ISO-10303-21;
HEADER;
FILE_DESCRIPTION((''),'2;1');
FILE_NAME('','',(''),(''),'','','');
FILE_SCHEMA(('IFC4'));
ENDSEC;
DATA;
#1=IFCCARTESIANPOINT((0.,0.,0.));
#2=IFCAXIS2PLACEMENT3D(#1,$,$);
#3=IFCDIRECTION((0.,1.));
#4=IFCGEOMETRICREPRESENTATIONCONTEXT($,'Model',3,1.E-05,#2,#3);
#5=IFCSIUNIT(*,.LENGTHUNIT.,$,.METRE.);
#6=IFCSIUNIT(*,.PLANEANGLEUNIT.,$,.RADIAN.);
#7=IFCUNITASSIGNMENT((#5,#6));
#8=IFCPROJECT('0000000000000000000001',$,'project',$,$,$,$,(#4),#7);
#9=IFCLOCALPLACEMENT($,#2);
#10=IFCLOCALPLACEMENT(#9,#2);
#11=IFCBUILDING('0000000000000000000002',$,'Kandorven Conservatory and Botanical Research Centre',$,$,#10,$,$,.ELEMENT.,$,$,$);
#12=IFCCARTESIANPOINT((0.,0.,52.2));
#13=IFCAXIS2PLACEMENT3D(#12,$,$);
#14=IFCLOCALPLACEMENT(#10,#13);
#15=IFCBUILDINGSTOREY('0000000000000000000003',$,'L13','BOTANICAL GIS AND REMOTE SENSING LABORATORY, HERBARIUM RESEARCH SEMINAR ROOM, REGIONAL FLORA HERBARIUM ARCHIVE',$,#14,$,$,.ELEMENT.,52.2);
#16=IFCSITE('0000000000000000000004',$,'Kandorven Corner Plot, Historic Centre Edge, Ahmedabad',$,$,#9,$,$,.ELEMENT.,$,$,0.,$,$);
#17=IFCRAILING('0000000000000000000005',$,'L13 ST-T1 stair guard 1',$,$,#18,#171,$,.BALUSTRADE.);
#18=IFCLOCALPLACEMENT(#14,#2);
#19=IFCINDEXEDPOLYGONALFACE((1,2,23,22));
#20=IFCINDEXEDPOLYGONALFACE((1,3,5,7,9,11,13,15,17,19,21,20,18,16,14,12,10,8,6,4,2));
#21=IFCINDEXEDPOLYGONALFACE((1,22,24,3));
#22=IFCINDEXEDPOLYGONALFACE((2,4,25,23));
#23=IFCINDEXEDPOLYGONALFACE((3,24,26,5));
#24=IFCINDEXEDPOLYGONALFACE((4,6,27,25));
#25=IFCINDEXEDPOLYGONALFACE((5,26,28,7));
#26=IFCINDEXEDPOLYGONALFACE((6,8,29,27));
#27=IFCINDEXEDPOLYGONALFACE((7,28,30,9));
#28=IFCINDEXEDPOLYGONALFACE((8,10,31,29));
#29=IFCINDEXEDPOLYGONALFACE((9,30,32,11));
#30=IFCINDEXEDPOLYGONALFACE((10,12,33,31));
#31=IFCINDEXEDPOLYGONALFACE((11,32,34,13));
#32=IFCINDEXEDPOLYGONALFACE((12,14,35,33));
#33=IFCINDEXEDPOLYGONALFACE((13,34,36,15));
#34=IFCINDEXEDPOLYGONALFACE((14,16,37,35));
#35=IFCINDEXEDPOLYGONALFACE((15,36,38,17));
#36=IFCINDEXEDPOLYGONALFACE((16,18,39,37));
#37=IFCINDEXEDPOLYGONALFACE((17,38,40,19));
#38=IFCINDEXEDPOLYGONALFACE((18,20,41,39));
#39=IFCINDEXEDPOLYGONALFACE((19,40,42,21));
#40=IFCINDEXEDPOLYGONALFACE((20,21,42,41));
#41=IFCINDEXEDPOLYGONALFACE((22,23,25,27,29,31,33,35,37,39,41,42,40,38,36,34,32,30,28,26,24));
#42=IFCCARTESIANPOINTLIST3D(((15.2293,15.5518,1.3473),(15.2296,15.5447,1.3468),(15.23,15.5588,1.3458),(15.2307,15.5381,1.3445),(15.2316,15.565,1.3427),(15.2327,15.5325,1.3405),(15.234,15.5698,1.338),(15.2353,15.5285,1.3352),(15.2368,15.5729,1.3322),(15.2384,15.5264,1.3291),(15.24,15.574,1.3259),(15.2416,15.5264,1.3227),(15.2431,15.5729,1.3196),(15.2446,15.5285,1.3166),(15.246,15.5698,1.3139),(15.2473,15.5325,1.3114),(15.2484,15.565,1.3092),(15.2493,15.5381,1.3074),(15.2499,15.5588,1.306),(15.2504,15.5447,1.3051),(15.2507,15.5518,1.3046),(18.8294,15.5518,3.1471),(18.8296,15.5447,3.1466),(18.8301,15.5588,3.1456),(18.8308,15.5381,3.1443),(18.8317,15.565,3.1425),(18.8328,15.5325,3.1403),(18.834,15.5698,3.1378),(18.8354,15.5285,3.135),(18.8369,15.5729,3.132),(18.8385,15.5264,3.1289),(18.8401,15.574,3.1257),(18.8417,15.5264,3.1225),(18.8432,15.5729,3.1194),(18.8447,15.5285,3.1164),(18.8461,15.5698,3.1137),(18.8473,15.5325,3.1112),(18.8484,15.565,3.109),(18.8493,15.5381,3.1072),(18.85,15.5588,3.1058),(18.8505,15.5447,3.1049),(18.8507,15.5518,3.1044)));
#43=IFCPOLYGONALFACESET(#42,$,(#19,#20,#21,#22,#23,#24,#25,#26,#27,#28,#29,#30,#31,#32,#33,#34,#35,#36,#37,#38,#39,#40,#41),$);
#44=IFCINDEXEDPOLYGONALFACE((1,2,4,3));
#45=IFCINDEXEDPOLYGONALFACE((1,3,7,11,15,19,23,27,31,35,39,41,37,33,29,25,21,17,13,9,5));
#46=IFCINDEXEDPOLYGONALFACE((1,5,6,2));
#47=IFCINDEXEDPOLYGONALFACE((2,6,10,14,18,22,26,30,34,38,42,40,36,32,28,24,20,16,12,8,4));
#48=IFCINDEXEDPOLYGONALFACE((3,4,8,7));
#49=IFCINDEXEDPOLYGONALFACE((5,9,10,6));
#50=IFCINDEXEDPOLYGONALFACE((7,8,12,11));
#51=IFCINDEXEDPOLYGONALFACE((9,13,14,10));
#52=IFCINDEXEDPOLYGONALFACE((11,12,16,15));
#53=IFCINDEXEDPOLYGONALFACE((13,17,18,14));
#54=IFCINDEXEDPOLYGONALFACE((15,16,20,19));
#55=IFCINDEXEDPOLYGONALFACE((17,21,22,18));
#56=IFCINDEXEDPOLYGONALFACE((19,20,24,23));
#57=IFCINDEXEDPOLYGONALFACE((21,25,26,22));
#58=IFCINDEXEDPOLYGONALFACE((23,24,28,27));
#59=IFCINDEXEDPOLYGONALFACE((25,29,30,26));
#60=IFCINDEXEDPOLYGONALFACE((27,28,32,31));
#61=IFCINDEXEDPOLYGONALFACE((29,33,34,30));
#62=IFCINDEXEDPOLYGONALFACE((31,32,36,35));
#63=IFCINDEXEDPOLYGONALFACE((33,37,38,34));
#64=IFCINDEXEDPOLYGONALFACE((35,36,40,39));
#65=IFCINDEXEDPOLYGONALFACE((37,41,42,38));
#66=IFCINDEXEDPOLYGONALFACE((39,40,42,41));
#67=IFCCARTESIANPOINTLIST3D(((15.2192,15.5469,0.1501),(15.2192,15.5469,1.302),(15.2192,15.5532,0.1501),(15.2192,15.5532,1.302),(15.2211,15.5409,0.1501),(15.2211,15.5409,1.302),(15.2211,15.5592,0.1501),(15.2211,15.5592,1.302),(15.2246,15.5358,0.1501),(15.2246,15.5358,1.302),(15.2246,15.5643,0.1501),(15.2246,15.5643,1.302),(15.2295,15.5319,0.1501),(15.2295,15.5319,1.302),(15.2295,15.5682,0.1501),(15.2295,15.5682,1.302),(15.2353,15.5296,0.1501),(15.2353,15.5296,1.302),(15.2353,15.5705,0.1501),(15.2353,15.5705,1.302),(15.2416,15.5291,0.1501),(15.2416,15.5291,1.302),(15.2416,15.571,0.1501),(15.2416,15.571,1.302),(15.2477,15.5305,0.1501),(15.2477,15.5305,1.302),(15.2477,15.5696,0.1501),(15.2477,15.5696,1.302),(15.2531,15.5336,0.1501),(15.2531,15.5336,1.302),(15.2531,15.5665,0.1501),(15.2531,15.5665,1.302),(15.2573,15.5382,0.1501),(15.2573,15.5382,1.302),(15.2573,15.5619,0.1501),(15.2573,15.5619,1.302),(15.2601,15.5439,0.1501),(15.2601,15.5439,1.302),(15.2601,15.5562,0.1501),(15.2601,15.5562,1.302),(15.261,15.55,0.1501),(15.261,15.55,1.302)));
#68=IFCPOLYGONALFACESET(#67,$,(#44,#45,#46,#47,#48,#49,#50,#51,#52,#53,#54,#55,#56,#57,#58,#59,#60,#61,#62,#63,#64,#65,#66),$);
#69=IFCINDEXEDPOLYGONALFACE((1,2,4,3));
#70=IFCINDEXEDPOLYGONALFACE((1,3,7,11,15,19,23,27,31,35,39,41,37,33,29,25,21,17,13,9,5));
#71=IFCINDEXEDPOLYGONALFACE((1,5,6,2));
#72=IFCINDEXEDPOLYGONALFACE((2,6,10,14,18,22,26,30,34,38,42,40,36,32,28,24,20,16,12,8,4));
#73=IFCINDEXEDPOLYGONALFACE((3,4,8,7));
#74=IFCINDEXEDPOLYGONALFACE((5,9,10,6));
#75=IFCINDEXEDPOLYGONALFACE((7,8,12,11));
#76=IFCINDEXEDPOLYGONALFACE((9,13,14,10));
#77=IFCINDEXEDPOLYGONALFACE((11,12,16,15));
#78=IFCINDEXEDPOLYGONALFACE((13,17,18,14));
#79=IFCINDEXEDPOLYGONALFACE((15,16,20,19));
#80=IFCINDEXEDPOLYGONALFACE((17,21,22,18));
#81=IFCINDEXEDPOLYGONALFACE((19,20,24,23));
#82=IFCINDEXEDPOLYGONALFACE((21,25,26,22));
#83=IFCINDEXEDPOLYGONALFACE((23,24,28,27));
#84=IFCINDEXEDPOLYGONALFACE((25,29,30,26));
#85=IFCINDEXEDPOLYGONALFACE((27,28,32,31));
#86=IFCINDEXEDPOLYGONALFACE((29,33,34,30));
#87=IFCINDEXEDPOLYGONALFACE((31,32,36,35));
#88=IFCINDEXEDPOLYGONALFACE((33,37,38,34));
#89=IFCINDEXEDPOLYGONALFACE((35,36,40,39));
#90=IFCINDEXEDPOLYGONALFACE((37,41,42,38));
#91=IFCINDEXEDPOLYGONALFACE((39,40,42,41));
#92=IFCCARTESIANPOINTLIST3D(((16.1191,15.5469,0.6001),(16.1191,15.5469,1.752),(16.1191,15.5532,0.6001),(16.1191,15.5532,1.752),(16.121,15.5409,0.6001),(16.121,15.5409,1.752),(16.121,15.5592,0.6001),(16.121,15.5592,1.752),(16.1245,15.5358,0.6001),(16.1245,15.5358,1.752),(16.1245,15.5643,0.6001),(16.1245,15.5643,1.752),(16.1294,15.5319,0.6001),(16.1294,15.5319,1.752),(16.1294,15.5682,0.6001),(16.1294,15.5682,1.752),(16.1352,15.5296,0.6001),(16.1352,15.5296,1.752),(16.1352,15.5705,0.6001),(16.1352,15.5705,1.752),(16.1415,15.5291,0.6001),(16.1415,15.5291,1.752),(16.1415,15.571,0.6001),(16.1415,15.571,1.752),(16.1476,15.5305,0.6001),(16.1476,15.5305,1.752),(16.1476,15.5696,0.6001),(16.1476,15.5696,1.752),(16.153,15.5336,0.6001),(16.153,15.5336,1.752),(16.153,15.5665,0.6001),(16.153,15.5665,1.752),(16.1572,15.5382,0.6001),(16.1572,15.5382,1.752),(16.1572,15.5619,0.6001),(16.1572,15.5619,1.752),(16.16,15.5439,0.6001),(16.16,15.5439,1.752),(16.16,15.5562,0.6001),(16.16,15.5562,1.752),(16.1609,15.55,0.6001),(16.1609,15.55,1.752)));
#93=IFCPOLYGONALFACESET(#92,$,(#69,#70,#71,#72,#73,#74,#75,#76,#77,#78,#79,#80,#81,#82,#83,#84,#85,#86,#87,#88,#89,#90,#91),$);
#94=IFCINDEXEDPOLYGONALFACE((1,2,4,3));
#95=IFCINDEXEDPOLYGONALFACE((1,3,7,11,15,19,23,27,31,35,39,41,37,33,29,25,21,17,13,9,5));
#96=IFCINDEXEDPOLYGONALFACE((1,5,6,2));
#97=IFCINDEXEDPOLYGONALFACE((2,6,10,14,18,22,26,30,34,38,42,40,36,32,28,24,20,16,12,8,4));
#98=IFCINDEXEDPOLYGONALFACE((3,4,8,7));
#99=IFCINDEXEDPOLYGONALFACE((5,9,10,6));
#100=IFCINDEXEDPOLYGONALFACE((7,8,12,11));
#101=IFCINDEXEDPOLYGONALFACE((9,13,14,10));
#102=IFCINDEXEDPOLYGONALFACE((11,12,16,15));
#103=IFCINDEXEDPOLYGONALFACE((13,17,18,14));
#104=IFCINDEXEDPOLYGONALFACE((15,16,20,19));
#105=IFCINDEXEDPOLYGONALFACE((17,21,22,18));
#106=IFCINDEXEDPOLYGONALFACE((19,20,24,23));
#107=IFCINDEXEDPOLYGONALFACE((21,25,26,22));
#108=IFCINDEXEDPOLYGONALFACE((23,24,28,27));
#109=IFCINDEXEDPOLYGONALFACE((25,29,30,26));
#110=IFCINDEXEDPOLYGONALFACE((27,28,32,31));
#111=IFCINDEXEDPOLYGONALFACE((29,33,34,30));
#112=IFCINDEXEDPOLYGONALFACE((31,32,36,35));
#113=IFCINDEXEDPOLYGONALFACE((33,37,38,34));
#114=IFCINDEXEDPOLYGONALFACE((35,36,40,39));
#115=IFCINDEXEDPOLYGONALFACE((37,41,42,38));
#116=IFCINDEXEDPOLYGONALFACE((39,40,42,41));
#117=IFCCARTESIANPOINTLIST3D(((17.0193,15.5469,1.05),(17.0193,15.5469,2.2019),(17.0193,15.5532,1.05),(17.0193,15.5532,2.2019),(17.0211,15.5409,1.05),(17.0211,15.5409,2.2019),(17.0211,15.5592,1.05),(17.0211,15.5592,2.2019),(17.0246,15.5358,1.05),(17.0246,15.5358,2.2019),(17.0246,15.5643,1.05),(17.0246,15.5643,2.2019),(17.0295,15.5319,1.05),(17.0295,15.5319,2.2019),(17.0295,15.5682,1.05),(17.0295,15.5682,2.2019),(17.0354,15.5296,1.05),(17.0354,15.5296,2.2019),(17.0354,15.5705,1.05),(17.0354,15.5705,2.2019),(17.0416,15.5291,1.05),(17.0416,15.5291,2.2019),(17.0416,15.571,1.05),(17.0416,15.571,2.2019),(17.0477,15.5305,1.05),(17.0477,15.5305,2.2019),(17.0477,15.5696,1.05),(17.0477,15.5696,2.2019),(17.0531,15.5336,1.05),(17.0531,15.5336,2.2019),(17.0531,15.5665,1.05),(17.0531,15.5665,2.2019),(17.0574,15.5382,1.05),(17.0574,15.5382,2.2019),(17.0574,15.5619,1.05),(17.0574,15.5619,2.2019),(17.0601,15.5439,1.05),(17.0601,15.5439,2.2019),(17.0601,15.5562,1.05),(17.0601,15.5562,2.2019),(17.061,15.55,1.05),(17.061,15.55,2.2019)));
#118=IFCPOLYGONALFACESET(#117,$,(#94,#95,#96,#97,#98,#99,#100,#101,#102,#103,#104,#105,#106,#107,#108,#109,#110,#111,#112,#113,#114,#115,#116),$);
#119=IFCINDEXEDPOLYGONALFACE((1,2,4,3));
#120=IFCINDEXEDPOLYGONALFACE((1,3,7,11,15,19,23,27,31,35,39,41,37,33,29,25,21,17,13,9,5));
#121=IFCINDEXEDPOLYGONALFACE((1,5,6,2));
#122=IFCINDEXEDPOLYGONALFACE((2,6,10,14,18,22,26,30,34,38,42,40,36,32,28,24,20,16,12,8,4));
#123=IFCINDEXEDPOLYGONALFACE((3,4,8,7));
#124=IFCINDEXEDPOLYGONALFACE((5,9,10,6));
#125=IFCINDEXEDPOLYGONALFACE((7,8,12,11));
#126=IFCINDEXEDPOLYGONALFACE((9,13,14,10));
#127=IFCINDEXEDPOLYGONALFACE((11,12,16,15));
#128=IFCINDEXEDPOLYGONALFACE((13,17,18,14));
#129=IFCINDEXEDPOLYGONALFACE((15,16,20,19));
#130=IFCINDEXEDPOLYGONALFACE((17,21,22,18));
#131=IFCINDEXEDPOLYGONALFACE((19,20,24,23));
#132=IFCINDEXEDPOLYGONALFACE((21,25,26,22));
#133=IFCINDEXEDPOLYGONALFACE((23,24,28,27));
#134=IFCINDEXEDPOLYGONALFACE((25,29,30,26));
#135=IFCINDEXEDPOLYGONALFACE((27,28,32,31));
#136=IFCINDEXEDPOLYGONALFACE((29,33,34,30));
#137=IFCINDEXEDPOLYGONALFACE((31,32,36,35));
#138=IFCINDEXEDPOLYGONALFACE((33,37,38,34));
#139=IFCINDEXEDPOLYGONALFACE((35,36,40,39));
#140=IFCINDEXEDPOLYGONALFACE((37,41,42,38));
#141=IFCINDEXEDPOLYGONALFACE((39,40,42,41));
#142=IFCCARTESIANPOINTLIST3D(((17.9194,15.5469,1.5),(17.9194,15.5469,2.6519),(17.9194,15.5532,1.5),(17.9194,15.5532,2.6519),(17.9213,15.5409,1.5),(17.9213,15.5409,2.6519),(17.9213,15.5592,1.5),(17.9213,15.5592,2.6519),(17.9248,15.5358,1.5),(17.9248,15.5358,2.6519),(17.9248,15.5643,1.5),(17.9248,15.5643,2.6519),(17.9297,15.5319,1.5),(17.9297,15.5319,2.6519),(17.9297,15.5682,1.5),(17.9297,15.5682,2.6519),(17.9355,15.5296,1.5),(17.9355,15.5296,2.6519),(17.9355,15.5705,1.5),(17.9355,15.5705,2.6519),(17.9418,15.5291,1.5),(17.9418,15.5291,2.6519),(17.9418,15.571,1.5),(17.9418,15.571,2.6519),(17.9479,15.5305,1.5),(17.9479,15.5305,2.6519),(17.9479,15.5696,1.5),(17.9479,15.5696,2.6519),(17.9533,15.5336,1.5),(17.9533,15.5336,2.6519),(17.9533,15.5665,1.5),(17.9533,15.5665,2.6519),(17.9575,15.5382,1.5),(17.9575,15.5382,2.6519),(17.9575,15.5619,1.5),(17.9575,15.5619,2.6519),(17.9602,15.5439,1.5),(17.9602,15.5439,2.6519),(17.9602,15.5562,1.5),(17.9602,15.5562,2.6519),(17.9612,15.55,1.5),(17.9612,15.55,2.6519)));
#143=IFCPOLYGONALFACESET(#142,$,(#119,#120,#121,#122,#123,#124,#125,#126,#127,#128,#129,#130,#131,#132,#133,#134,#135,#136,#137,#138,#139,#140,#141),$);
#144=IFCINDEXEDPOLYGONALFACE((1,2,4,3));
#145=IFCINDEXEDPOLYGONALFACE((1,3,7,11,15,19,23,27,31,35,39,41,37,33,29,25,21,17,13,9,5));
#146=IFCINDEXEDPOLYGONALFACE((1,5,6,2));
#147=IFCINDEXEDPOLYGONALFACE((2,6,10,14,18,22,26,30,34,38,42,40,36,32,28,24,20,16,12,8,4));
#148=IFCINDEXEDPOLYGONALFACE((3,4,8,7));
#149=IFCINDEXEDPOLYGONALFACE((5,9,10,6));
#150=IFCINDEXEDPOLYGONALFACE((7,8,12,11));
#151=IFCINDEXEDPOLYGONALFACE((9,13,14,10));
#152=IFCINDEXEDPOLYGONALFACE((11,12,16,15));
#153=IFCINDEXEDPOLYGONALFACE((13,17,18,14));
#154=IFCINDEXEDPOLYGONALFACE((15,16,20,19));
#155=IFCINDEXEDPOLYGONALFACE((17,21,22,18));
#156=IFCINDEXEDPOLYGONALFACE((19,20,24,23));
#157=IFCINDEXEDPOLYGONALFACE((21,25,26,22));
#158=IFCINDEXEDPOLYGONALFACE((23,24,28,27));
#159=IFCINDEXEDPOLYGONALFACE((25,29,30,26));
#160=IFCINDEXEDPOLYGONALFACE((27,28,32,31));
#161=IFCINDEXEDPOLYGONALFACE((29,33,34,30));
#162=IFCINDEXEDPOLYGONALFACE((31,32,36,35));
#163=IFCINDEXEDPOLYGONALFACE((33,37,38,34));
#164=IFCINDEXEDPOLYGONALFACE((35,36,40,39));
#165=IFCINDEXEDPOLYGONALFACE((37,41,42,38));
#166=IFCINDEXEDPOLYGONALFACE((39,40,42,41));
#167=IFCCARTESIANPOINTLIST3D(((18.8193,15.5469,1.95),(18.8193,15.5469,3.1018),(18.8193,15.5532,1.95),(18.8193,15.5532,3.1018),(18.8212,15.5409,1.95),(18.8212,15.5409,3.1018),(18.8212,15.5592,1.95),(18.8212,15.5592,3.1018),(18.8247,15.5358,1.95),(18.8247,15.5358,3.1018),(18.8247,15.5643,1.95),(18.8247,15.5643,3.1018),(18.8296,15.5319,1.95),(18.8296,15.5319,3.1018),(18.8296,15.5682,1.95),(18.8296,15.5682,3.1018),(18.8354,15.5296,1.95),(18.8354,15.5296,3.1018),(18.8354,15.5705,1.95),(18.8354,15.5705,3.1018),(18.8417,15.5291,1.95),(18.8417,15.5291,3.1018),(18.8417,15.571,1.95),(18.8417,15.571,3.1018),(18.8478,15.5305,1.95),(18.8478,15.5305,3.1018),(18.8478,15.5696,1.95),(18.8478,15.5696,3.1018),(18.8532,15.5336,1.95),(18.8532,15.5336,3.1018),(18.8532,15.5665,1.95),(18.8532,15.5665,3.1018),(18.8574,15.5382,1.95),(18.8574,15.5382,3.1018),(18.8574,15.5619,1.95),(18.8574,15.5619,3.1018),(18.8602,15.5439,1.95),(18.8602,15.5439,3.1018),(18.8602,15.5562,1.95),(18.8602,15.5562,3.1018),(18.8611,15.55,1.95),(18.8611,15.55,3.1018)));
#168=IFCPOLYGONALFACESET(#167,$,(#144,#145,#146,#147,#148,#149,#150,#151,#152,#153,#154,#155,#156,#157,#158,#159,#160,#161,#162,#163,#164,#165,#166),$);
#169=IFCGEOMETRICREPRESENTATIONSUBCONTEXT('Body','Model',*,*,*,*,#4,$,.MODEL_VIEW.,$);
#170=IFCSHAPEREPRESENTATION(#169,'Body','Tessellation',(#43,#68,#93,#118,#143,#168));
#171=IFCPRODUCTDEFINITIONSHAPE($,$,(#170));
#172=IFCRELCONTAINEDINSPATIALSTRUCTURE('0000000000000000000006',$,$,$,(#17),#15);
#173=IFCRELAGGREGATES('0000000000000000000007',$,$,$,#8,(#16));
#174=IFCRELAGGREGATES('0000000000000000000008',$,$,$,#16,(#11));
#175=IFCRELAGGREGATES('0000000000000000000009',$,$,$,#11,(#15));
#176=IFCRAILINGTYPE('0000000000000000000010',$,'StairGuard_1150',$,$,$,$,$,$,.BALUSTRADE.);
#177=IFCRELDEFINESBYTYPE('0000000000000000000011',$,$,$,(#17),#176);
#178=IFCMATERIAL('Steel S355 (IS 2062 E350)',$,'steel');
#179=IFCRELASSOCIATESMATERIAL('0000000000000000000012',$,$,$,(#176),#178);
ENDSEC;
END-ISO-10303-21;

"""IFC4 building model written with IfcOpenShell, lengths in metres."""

from ifc_helpers import new_model, si_unit, direction, frame, origin, origin_2d, place, context, subcontext, project, spatial, circle, extrude, material, type_object, element, save


model = new_model("IFC4")

# Units and contexts
model_context = context("Model", 3, precision=1e-05, world=origin(), true_north=direction((0.0, 1.0)))
body_context = subcontext(model_context, "Body", "Model", "MODEL_VIEW")
ifc_project = project(units=[si_unit("LENGTHUNIT", "METRE"), si_unit("PLANEANGLEUNIT", "RADIAN")], contexts=[model_context])

# Site, building, storey
site_placement = place(None, origin())
site = spatial("IfcSite", under=ifc_project, at=site_placement, Name="Kandorven Corner Plot, Historic Centre Edge, Ahmedabad", CompositionType="ELEMENT", RefElevation=0.0)
building_placement = place(site_placement, origin())
building = spatial("IfcBuilding", under=site, at=building_placement, Name="Kandorven Conservatory and Botanical Research Centre", CompositionType="ELEMENT")
storey_placement = place(building_placement, frame((0.0, 0.0, 52.2)))
storey = spatial("IfcBuildingStorey", under=building, at=storey_placement, Name="L13", Description="BOTANICAL GIS AND REMOTE SENSING LABORATORY, HERBARIUM RESEARCH SEMINAR ROOM, REGIONAL FLORA HERBARIUM ARCHIVE", CompositionType="ELEMENT", Elevation=52.2)

# Railing
ifc_material_1 = material(Name="Steel S355 (IS 2062 E350)", Category="steel")
railing_type_1 = type_object("IfcRailingType", Name="StairGuard_1150", PredefinedType="BALUSTRADE", material=ifc_material_1)
railing_1_placement = place(storey_placement, frame((15.24, 15.55, 0.1501)))
element("IfcRailing", 1, at=railing_1_placement, inside=storey, type_object=railing_type_1, Name="L13 ST-T1 stair guard 1", PredefinedType="BALUSTRADE", context=body_context, shape_type="SweptSolid", body=[
    extrude(circle(Radius=0.0239, at=origin_2d()), frame((0.0, 0.0, 1.1758), z_axis=(0.894451, 0.0, 0.447165), x_axis=(0.0, 1.0, 0.0)), (0.0, 0.0, 1.0), 4.0249),
    extrude(circle(Radius=0.021, at=origin_2d()), origin(), (0.0, 0.0, 1.0), 1.1519),
    extrude(circle(Radius=0.021, at=origin_2d()), frame((0.8999, 0.0, 0.45)), (0.0, 0.0, 1.0), 1.1519),
    extrude(circle(Radius=0.021, at=origin_2d()), frame((1.8, 0.0, 0.8999)), (0.0, 0.0, 1.0), 1.1519),
    extrude(circle(Radius=0.021, at=origin_2d()), frame((2.7002, 0.0, 1.3499)), (0.0, 0.0, 1.0), 1.1519),
    extrude(circle(Radius=0.021, at=origin_2d()), frame((3.6001, 0.0, 1.7998)), (0.0, 0.0, 1.0), 1.1519),
])

save(model, "model.ifc")
